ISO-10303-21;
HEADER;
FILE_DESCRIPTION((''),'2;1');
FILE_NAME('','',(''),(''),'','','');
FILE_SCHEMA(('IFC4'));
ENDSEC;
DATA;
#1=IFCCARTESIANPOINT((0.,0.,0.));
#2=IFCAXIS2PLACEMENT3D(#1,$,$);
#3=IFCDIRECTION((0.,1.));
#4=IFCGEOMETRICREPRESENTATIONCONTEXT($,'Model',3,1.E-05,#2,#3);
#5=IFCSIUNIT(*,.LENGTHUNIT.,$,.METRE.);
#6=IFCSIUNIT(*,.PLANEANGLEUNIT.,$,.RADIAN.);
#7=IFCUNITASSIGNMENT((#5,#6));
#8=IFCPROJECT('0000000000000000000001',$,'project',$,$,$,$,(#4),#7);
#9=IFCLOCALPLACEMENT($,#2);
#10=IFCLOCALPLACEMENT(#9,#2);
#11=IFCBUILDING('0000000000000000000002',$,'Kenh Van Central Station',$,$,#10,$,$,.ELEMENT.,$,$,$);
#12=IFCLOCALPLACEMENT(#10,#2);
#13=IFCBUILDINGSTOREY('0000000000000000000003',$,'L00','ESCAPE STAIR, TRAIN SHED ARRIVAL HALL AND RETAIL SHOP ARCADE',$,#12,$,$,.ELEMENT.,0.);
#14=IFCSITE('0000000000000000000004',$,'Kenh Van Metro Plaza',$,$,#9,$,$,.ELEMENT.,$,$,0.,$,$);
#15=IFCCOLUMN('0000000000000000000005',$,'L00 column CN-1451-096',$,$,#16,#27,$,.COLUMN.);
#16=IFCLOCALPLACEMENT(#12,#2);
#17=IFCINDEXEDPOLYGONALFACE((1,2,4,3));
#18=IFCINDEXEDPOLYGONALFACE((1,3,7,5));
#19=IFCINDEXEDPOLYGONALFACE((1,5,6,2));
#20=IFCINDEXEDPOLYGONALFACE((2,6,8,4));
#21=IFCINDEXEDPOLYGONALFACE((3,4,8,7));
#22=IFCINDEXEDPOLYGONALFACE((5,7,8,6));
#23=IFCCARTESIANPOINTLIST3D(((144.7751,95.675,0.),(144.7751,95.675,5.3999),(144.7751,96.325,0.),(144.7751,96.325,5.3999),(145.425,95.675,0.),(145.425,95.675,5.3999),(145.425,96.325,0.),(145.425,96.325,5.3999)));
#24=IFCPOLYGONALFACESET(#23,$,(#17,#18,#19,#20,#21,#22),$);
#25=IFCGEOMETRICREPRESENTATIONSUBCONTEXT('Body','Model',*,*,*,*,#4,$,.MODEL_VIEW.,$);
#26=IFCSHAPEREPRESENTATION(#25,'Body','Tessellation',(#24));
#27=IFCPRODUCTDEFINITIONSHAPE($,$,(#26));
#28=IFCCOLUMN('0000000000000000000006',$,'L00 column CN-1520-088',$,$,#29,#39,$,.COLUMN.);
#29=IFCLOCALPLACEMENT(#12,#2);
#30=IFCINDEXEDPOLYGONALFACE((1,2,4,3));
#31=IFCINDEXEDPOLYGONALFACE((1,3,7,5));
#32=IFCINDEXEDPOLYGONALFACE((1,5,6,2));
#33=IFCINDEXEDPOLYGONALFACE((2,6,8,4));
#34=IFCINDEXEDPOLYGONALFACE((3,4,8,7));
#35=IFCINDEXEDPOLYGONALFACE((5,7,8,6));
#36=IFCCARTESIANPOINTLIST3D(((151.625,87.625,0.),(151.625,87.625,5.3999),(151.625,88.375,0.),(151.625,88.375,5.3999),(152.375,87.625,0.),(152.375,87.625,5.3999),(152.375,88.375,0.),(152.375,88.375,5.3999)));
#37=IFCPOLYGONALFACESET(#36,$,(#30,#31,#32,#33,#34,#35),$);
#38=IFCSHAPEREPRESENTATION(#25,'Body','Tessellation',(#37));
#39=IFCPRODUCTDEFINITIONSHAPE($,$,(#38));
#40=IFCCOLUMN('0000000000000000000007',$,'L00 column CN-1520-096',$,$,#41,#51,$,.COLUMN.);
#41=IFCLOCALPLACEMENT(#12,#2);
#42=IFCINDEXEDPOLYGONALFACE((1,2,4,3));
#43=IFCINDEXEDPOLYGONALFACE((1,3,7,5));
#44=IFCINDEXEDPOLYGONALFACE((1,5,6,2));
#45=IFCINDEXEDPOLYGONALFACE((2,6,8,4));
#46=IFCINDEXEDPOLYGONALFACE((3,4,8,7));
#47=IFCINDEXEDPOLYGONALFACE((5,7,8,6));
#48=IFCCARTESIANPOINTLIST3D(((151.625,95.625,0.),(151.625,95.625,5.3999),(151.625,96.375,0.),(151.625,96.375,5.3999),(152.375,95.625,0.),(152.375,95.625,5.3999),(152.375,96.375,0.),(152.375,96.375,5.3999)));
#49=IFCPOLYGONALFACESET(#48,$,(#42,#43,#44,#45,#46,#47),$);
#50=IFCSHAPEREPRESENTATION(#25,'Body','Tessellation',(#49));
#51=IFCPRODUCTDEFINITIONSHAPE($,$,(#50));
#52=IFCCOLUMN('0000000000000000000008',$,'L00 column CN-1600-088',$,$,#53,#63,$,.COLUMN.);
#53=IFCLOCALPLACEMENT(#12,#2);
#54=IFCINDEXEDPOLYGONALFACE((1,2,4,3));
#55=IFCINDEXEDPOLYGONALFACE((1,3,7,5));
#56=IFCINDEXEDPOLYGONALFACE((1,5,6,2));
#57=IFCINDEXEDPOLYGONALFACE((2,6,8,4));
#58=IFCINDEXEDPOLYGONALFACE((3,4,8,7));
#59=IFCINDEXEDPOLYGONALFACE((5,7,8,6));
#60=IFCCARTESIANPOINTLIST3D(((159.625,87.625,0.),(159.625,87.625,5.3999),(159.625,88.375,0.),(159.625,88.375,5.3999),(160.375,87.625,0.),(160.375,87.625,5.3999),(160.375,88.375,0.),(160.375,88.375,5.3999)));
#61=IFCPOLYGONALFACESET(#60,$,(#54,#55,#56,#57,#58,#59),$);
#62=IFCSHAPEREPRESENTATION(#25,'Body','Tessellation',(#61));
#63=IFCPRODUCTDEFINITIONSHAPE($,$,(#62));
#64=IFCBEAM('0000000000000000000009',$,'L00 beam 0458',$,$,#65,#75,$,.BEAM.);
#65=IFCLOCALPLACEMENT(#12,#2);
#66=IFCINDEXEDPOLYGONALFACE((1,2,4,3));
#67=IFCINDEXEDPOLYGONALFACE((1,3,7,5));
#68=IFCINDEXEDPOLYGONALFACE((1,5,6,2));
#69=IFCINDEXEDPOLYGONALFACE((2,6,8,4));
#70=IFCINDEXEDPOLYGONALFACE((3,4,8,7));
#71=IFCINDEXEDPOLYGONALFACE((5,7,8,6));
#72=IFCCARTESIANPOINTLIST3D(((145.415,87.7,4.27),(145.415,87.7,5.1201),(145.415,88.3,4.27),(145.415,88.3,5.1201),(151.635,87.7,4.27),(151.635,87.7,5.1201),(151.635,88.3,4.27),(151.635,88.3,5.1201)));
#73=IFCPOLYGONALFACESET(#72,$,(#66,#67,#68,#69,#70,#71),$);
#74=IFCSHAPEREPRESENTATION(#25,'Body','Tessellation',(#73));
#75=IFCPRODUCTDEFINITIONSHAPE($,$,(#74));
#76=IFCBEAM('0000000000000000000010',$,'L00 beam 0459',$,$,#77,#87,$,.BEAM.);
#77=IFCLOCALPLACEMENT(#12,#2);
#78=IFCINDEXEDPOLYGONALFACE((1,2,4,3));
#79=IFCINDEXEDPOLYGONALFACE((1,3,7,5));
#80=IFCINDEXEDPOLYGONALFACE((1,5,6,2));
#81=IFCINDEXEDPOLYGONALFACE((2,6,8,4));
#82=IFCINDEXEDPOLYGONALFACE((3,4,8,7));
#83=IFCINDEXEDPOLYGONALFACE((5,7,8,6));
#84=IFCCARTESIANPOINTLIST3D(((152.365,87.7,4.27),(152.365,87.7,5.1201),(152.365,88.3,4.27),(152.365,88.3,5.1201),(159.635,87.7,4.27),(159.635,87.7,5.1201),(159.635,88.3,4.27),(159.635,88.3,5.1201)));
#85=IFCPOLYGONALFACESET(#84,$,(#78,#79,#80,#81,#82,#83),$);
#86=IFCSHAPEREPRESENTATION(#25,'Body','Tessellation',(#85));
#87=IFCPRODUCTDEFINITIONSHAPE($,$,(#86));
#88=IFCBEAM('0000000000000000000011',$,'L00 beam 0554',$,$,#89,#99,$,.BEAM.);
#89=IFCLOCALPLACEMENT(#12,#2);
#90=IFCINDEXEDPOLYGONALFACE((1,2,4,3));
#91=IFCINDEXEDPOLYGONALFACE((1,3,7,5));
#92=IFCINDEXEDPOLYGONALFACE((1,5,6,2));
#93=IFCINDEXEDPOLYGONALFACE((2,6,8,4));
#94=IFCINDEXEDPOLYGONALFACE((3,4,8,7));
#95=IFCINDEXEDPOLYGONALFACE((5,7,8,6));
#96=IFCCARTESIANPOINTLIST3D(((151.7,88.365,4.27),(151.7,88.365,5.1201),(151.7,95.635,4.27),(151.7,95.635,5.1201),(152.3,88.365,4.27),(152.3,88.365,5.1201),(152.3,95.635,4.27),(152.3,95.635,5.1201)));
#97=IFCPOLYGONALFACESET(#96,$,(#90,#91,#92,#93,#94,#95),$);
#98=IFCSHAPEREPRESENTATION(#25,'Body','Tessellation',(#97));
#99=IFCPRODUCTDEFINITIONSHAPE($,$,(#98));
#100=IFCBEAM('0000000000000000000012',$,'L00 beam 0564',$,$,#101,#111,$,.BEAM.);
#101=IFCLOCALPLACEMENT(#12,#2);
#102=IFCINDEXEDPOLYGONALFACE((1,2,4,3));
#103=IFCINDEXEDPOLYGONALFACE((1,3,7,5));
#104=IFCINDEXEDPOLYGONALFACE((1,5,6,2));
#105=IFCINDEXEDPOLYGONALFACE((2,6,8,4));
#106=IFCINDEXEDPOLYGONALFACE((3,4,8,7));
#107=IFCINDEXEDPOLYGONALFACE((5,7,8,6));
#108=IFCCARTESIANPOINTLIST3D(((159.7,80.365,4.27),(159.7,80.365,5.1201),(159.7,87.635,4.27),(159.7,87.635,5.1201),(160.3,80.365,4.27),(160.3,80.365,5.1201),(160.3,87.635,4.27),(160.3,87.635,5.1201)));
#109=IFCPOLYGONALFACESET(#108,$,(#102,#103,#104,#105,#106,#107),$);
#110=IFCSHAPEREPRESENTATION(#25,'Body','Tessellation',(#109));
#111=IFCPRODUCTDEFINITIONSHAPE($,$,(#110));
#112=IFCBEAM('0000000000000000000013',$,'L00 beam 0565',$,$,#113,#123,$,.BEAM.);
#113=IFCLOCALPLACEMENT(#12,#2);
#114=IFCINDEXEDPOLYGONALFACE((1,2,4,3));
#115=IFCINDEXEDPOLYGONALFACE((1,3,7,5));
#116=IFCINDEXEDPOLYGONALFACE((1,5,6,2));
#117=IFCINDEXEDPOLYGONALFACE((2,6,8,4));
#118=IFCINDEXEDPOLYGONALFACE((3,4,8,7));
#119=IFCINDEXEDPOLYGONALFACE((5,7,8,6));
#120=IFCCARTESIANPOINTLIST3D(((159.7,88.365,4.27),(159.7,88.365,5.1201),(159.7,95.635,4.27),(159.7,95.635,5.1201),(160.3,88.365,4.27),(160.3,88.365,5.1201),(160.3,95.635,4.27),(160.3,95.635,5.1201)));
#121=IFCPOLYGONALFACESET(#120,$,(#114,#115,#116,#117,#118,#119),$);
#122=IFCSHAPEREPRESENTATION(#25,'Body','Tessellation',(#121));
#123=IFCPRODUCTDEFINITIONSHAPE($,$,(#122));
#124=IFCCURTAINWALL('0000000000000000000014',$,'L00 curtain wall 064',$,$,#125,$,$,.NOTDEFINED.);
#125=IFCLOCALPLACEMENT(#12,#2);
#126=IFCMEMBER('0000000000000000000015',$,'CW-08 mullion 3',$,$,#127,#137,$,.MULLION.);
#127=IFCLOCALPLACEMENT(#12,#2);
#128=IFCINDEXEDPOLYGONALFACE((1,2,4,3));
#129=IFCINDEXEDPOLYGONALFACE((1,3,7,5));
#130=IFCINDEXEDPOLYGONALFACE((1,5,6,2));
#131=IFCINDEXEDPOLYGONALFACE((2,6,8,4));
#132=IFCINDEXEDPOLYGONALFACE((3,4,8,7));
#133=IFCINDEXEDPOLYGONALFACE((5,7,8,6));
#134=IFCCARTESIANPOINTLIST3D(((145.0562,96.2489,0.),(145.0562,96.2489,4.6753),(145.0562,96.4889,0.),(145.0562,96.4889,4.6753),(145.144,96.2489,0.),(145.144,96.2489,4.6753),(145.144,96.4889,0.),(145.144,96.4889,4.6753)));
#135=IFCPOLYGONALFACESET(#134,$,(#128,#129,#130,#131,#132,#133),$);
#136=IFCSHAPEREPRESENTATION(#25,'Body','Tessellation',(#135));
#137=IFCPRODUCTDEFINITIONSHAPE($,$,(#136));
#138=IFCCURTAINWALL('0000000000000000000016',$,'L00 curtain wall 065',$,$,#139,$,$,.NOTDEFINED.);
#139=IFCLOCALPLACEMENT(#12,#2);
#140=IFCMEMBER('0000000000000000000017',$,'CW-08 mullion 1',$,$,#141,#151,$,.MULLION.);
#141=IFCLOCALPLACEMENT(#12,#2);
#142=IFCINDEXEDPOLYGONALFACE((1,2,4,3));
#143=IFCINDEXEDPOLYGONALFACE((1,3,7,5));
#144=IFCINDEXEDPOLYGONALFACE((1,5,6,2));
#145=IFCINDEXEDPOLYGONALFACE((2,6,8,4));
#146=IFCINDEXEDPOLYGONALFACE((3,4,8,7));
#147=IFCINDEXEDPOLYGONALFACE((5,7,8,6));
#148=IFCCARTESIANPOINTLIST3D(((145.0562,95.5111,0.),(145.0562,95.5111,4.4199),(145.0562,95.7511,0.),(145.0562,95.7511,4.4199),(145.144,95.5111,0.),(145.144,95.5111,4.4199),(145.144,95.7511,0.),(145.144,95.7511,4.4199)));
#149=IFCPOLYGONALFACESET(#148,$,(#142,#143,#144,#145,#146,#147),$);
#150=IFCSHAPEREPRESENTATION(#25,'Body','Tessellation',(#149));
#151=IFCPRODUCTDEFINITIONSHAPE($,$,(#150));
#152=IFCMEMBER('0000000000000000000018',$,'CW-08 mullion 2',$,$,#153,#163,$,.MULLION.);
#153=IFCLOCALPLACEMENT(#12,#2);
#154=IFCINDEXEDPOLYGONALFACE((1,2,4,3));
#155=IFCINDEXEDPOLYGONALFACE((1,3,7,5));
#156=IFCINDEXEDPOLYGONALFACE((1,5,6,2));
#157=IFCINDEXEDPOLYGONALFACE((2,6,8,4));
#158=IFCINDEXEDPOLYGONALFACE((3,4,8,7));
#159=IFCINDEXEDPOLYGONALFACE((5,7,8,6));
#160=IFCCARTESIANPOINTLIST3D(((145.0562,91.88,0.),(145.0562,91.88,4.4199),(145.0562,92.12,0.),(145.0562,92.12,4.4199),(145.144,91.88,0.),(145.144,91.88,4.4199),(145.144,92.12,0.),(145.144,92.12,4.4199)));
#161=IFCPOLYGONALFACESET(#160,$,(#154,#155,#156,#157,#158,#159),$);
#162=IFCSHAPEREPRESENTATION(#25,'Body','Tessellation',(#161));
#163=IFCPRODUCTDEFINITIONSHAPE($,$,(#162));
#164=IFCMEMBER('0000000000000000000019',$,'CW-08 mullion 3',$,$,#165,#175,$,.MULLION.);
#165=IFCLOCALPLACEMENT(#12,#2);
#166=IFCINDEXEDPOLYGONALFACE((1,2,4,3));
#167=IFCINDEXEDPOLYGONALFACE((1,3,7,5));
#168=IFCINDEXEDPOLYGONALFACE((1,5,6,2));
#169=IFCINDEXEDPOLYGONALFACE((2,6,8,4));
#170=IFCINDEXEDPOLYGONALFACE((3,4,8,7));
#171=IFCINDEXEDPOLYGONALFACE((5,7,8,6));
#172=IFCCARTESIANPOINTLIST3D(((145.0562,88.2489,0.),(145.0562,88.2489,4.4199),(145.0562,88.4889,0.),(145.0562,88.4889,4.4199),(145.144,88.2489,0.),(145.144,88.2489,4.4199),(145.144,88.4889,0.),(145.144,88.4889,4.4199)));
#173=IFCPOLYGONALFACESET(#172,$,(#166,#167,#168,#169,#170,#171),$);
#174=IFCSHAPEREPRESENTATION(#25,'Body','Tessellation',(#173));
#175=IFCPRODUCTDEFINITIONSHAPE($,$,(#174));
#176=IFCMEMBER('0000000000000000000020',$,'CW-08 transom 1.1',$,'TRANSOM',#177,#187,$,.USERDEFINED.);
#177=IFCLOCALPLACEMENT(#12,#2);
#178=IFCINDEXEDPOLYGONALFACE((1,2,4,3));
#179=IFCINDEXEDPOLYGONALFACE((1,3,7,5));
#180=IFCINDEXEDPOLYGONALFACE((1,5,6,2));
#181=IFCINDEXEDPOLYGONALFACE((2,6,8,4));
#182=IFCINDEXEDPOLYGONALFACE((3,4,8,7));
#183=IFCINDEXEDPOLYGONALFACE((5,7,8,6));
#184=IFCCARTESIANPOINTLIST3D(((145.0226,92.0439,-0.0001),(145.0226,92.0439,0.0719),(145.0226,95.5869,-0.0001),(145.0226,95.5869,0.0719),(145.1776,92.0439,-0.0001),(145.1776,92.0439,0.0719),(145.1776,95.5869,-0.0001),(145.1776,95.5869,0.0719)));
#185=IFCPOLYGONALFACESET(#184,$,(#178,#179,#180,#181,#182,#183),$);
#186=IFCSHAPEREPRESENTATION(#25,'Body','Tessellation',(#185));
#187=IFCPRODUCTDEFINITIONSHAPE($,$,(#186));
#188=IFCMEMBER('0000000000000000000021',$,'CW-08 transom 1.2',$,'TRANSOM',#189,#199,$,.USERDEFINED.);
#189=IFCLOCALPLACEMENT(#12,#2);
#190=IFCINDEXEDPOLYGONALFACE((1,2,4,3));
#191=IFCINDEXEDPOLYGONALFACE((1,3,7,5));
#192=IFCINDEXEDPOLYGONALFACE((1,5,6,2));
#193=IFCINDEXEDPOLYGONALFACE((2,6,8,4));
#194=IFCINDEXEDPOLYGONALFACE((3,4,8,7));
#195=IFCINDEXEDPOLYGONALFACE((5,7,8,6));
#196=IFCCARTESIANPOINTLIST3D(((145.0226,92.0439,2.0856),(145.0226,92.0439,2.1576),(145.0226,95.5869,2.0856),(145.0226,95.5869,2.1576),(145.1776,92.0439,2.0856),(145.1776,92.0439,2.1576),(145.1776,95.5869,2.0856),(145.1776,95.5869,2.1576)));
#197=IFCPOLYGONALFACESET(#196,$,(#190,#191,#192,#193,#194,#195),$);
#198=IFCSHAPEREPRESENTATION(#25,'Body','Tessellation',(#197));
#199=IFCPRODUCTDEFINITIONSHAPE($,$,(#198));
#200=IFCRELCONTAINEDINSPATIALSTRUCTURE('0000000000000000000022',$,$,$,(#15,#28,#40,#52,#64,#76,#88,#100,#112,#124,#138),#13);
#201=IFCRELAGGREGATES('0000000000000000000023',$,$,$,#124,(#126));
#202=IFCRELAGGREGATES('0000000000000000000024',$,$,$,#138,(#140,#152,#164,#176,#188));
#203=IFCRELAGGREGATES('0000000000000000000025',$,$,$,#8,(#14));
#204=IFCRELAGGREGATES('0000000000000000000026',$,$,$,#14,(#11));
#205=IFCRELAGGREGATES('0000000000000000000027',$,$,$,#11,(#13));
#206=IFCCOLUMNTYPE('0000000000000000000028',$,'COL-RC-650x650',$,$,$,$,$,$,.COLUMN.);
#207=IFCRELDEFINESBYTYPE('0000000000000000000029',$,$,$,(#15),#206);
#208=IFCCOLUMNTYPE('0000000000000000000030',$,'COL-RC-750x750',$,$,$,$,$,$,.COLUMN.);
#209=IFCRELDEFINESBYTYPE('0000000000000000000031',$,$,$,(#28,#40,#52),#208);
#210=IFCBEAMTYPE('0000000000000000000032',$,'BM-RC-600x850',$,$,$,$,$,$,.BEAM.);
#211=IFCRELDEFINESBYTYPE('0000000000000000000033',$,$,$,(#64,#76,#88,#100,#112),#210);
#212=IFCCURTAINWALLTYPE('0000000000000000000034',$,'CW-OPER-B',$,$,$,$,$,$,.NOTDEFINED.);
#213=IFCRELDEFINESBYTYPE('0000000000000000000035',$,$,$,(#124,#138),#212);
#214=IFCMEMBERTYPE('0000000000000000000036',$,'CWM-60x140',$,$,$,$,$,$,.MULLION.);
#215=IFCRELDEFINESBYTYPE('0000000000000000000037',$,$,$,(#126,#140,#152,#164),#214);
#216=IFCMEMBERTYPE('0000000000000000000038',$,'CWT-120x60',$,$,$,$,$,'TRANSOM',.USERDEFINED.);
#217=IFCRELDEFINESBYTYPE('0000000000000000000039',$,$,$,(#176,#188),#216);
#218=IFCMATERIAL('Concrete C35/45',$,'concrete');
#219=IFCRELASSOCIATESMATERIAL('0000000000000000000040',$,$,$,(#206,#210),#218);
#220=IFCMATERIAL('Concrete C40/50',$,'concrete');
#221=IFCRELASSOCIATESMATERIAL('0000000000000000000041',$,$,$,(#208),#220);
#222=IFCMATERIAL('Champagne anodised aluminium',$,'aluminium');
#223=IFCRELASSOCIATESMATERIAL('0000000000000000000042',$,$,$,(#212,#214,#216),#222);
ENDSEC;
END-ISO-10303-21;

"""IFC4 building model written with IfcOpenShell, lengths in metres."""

from ifc_helpers import new_model, si_unit, direction, frame, origin, origin_2d, place, context, subcontext, project, spatial, rectangle, extrude, material, material_profile, profile_set, type_object, element, aggregate, save


model = new_model("IFC4")

# Units and contexts
model_context = context("Model", 3, precision=1e-05, world=origin(), true_north=direction((0.0, 1.0)))
body_context = subcontext(model_context, "Body", "Model", "MODEL_VIEW")
ifc_project = project(units=[si_unit("LENGTHUNIT", "METRE"), si_unit("PLANEANGLEUNIT", "RADIAN")], contexts=[model_context])

# Site, building, storey
site_placement = place(None, origin())
site = spatial("IfcSite", under=ifc_project, at=site_placement, Name="Kenh Van Metro Plaza", CompositionType="ELEMENT", RefElevation=0.0)
building_placement = place(site_placement, origin())
building = spatial("IfcBuilding", under=site, at=building_placement, Name="Kenh Van Central Station", CompositionType="ELEMENT")
storey_placement = place(building_placement, origin())
storey = spatial("IfcBuildingStorey", under=building, at=storey_placement, Name="L00", Description="ESCAPE STAIR, TRAIN SHED ARRIVAL HALL AND RETAIL SHOP ARCADE", CompositionType="ELEMENT", Elevation=0.0)

# Columns
ifc_material_1 = material(Name="Concrete C35/45", Category="concrete")
ifc_material_profile_1 = material_profile(ifc_material_1, rectangle(XDim=0.6499, YDim=0.6499, at=origin_2d()), Name="RC 650x650")
ifc_profile_set_1 = profile_set([ifc_material_profile_1], Name="Concrete C35/45")
column_type_1 = type_object("IfcColumnType", Name="COL-RC-650x650", PredefinedType="COLUMN", material=ifc_profile_set_1)
column_placement = place(storey_placement, frame((145.1001, 96.0, 0.0), z_axis=(0.0, 0.0, 1.0), x_axis=(1.0, 0.0, 0.0)))
element("IfcColumn", 1, at=column_placement, inside=storey, type_object=column_type_1, Name="L00 column CN-1451-096", PredefinedType="COLUMN", context=body_context, shape_type="SweptSolid", body=[
    extrude(rectangle(XDim=0.6499, YDim=0.6499, at=origin_2d()), origin(), (0.0, 0.0, 1.0), 5.3999),
])
ifc_material_2 = material(Name="Concrete C40/50", Category="concrete")
ifc_material_profile_2 = material_profile(ifc_material_2, rectangle(XDim=0.75, YDim=0.75, at=origin_2d()), Name="RC 750x750")
ifc_profile_set_2 = profile_set([ifc_material_profile_2], Name="Concrete C40/50")
column_type_2 = type_object("IfcColumnType", Name="COL-RC-750x750", PredefinedType="COLUMN", material=ifc_profile_set_2)
for number, where, z_axis, x_axis, name in (
    (2, (152.0, 88.0, 0.0), (0.0, 0.0, 1.0), (1.0, 0.0, 0.0), "L00 column CN-1520-088"),
    (3, (152.0, 96.0, 0.0), (0.0, 0.0, 1.0), (1.0, 0.0, 0.0), "L00 column CN-1520-096"),
    (4, (160.0, 88.0, 0.0), (0.0, 0.0, 1.0), (1.0, 0.0, 0.0), "L00 column CN-1600-088"),
):
    element("IfcColumn", number, at=place(storey_placement, frame(where, z_axis=z_axis, x_axis=x_axis)), inside=storey, type_object=column_type_2, Name=name, PredefinedType="COLUMN", context=body_context, shape_type="SweptSolid", body=[
        extrude(rectangle(XDim=0.75, YDim=0.75, at=origin_2d()), origin(), (0.0, 0.0, 1.0), 5.3999),
    ])

# Beams
ifc_material_profile_3 = material_profile(ifc_material_1, rectangle(XDim=0.6001, YDim=0.8501, at=origin_2d()), Name="RC 600x850")
ifc_profile_set_3 = profile_set([ifc_material_profile_3], Name="Concrete C35/45")
beam_type_1 = type_object("IfcBeamType", Name="BM-RC-600x850", PredefinedType="BEAM", material=ifc_profile_set_3)
beam_1_placement = place(storey_placement, frame((145.415, 88.0, 4.6951), z_axis=(1.0, 0.0, 0.0), x_axis=(0.0, 1.0, 0.0)))
element("IfcBeam", 5, at=beam_1_placement, inside=storey, type_object=beam_type_1, Name="L00 beam 0458", PredefinedType="BEAM", context=body_context, shape_type="SweptSolid", body=[
    extrude(rectangle(XDim=0.6001, YDim=0.8501, at=origin_2d()), origin(), (0.0, 0.0, 1.0), 6.22),
])
for number, where, z_axis, x_axis, name in (
    (6, (152.365, 88.0, 4.6951), (1.0, 0.0, 0.0), (0.0, 1.0, 0.0), "L00 beam 0459"),
    (7, (152.0, 88.365, 4.6951), (0.0, 1.0, 0.0), (-1.0, 0.0, 0.0), "L00 beam 0554"),
    (8, (160.0, 80.365, 4.6951), (0.0, 1.0, 0.0), (-1.0, 0.0, 0.0), "L00 beam 0564"),
    (9, (160.0, 88.365, 4.6951), (0.0, 1.0, 0.0), (-1.0, 0.0, 0.0), "L00 beam 0565"),
):
    element("IfcBeam", number, at=place(storey_placement, frame(where, z_axis=z_axis, x_axis=x_axis)), inside=storey, type_object=beam_type_1, Name=name, PredefinedType="BEAM", context=body_context, shape_type="SweptSolid", body=[
        extrude(rectangle(XDim=0.6001, YDim=0.8501, at=origin_2d()), origin(), (0.0, 0.0, 1.0), 7.27),
    ])

# Curtain wall, member
ifc_material_3 = material(Name="Champagne anodised aluminium", Category="aluminium")
curtain_wall_type = type_object("IfcCurtainWallType", Name="CW-OPER-B", PredefinedType="NOTDEFINED", material=ifc_material_3)
curtain_wall_1_placement = place(storey_placement, origin())
curtain_wall_1 = element("IfcCurtainWall", 10, at=curtain_wall_1_placement, inside=storey, type_object=curtain_wall_type, Name="L00 curtain wall 064", PredefinedType="NOTDEFINED")
ifc_material_profile_4 = material_profile(ifc_material_3, rectangle(XDim=0.0879, YDim=0.24, at=origin_2d()), Name="AL 88x240")
ifc_profile_set_4 = profile_set([ifc_material_profile_4], Name="Champagne anodised aluminium")
member_type_1 = type_object("IfcMemberType", Name="CWM-60x140", PredefinedType="MULLION", material=ifc_profile_set_4)
member_1_placement = place(storey_placement, frame((145.1001, 96.3689, 0.0), z_axis=(0.0, 0.0, 1.0), x_axis=(1.0, 0.0, 0.0)))
member_1 = element("IfcMember", 11, at=member_1_placement, type_object=member_type_1, Name="CW-08 mullion 3", PredefinedType="MULLION", context=body_context, shape_type="SweptSolid", body=[
    extrude(rectangle(XDim=0.0879, YDim=0.24, at=origin_2d()), origin(), (0.0, 0.0, 1.0), 4.6753),
])

# Curtain wall, members
curtain_wall_2_placement = place(storey_placement, origin())
curtain_wall_2 = element("IfcCurtainWall", 12, at=curtain_wall_2_placement, inside=storey, type_object=curtain_wall_type, Name="L00 curtain wall 065", PredefinedType="NOTDEFINED")
member_2_placement = place(storey_placement, frame((145.1001, 95.6311, 0.0), z_axis=(0.0, 0.0, 1.0), x_axis=(1.0, 0.0, 0.0)))
member_2 = element("IfcMember", 13, at=member_2_placement, type_object=member_type_1, Name="CW-08 mullion 1", PredefinedType="MULLION", context=body_context, shape_type="SweptSolid", body=[
    extrude(rectangle(XDim=0.0879, YDim=0.24, at=origin_2d()), origin(), (0.0, 0.0, 1.0), 4.4199),
])
member_3_placement = place(storey_placement, frame((145.1001, 92.0, 0.0), z_axis=(0.0, 0.0, 1.0), x_axis=(1.0, 0.0, 0.0)))
member_3 = element("IfcMember", 14, at=member_3_placement, type_object=member_type_1, Name="CW-08 mullion 2", PredefinedType="MULLION", context=body_context, shape_type="SweptSolid", body=[
    extrude(rectangle(XDim=0.0879, YDim=0.24, at=origin_2d()), origin(), (0.0, 0.0, 1.0), 4.4199),
])
member_4_placement = place(storey_placement, frame((145.1001, 88.3689, 0.0), z_axis=(0.0, 0.0, 1.0), x_axis=(1.0, 0.0, 0.0)))
member_4 = element("IfcMember", 15, at=member_4_placement, type_object=member_type_1, Name="CW-08 mullion 3", PredefinedType="MULLION", context=body_context, shape_type="SweptSolid", body=[
    extrude(rectangle(XDim=0.0879, YDim=0.24, at=origin_2d()), origin(), (0.0, 0.0, 1.0), 4.4199),
])
ifc_material_profile_5 = material_profile(ifc_material_3, rectangle(XDim=0.155, YDim=0.072, at=origin_2d()), Name="AL 155x72")
ifc_profile_set_5 = profile_set([ifc_material_profile_5], Name="Champagne anodised aluminium")
member_type_2 = type_object("IfcMemberType", Name="CWT-120x60", ElementType="TRANSOM", PredefinedType="USERDEFINED", material=ifc_profile_set_5)
member_5_placement = place(storey_placement, frame((145.1001, 95.5869, 0.0359), z_axis=(0.0, -1.0, 0.0), x_axis=(1.0, 0.0, 0.0)))
member_5 = element("IfcMember", 16, at=member_5_placement, type_object=member_type_2, Name="CW-08 transom 1.1", ObjectType="TRANSOM", PredefinedType="USERDEFINED", context=body_context, shape_type="SweptSolid", body=[
    extrude(rectangle(XDim=0.155, YDim=0.072, at=origin_2d()), origin(), (0.0, 0.0, 1.0), 3.543),
])
member_6_placement = place(storey_placement, frame((145.1001, 95.5869, 2.1216), z_axis=(0.0, -1.0, 0.0), x_axis=(1.0, 0.0, 0.0)))
member_6 = element("IfcMember", 17, at=member_6_placement, type_object=member_type_2, Name="CW-08 transom 1.2", ObjectType="TRANSOM", PredefinedType="USERDEFINED", context=body_context, shape_type="SweptSolid", body=[
    extrude(rectangle(XDim=0.155, YDim=0.072, at=origin_2d()), origin(), (0.0, 0.0, 1.0), 3.543),
])

aggregate(curtain_wall_1, [member_1])
aggregate(curtain_wall_2, [member_2, member_3, member_4, member_5, member_6])

save(model, "model.ifc")
